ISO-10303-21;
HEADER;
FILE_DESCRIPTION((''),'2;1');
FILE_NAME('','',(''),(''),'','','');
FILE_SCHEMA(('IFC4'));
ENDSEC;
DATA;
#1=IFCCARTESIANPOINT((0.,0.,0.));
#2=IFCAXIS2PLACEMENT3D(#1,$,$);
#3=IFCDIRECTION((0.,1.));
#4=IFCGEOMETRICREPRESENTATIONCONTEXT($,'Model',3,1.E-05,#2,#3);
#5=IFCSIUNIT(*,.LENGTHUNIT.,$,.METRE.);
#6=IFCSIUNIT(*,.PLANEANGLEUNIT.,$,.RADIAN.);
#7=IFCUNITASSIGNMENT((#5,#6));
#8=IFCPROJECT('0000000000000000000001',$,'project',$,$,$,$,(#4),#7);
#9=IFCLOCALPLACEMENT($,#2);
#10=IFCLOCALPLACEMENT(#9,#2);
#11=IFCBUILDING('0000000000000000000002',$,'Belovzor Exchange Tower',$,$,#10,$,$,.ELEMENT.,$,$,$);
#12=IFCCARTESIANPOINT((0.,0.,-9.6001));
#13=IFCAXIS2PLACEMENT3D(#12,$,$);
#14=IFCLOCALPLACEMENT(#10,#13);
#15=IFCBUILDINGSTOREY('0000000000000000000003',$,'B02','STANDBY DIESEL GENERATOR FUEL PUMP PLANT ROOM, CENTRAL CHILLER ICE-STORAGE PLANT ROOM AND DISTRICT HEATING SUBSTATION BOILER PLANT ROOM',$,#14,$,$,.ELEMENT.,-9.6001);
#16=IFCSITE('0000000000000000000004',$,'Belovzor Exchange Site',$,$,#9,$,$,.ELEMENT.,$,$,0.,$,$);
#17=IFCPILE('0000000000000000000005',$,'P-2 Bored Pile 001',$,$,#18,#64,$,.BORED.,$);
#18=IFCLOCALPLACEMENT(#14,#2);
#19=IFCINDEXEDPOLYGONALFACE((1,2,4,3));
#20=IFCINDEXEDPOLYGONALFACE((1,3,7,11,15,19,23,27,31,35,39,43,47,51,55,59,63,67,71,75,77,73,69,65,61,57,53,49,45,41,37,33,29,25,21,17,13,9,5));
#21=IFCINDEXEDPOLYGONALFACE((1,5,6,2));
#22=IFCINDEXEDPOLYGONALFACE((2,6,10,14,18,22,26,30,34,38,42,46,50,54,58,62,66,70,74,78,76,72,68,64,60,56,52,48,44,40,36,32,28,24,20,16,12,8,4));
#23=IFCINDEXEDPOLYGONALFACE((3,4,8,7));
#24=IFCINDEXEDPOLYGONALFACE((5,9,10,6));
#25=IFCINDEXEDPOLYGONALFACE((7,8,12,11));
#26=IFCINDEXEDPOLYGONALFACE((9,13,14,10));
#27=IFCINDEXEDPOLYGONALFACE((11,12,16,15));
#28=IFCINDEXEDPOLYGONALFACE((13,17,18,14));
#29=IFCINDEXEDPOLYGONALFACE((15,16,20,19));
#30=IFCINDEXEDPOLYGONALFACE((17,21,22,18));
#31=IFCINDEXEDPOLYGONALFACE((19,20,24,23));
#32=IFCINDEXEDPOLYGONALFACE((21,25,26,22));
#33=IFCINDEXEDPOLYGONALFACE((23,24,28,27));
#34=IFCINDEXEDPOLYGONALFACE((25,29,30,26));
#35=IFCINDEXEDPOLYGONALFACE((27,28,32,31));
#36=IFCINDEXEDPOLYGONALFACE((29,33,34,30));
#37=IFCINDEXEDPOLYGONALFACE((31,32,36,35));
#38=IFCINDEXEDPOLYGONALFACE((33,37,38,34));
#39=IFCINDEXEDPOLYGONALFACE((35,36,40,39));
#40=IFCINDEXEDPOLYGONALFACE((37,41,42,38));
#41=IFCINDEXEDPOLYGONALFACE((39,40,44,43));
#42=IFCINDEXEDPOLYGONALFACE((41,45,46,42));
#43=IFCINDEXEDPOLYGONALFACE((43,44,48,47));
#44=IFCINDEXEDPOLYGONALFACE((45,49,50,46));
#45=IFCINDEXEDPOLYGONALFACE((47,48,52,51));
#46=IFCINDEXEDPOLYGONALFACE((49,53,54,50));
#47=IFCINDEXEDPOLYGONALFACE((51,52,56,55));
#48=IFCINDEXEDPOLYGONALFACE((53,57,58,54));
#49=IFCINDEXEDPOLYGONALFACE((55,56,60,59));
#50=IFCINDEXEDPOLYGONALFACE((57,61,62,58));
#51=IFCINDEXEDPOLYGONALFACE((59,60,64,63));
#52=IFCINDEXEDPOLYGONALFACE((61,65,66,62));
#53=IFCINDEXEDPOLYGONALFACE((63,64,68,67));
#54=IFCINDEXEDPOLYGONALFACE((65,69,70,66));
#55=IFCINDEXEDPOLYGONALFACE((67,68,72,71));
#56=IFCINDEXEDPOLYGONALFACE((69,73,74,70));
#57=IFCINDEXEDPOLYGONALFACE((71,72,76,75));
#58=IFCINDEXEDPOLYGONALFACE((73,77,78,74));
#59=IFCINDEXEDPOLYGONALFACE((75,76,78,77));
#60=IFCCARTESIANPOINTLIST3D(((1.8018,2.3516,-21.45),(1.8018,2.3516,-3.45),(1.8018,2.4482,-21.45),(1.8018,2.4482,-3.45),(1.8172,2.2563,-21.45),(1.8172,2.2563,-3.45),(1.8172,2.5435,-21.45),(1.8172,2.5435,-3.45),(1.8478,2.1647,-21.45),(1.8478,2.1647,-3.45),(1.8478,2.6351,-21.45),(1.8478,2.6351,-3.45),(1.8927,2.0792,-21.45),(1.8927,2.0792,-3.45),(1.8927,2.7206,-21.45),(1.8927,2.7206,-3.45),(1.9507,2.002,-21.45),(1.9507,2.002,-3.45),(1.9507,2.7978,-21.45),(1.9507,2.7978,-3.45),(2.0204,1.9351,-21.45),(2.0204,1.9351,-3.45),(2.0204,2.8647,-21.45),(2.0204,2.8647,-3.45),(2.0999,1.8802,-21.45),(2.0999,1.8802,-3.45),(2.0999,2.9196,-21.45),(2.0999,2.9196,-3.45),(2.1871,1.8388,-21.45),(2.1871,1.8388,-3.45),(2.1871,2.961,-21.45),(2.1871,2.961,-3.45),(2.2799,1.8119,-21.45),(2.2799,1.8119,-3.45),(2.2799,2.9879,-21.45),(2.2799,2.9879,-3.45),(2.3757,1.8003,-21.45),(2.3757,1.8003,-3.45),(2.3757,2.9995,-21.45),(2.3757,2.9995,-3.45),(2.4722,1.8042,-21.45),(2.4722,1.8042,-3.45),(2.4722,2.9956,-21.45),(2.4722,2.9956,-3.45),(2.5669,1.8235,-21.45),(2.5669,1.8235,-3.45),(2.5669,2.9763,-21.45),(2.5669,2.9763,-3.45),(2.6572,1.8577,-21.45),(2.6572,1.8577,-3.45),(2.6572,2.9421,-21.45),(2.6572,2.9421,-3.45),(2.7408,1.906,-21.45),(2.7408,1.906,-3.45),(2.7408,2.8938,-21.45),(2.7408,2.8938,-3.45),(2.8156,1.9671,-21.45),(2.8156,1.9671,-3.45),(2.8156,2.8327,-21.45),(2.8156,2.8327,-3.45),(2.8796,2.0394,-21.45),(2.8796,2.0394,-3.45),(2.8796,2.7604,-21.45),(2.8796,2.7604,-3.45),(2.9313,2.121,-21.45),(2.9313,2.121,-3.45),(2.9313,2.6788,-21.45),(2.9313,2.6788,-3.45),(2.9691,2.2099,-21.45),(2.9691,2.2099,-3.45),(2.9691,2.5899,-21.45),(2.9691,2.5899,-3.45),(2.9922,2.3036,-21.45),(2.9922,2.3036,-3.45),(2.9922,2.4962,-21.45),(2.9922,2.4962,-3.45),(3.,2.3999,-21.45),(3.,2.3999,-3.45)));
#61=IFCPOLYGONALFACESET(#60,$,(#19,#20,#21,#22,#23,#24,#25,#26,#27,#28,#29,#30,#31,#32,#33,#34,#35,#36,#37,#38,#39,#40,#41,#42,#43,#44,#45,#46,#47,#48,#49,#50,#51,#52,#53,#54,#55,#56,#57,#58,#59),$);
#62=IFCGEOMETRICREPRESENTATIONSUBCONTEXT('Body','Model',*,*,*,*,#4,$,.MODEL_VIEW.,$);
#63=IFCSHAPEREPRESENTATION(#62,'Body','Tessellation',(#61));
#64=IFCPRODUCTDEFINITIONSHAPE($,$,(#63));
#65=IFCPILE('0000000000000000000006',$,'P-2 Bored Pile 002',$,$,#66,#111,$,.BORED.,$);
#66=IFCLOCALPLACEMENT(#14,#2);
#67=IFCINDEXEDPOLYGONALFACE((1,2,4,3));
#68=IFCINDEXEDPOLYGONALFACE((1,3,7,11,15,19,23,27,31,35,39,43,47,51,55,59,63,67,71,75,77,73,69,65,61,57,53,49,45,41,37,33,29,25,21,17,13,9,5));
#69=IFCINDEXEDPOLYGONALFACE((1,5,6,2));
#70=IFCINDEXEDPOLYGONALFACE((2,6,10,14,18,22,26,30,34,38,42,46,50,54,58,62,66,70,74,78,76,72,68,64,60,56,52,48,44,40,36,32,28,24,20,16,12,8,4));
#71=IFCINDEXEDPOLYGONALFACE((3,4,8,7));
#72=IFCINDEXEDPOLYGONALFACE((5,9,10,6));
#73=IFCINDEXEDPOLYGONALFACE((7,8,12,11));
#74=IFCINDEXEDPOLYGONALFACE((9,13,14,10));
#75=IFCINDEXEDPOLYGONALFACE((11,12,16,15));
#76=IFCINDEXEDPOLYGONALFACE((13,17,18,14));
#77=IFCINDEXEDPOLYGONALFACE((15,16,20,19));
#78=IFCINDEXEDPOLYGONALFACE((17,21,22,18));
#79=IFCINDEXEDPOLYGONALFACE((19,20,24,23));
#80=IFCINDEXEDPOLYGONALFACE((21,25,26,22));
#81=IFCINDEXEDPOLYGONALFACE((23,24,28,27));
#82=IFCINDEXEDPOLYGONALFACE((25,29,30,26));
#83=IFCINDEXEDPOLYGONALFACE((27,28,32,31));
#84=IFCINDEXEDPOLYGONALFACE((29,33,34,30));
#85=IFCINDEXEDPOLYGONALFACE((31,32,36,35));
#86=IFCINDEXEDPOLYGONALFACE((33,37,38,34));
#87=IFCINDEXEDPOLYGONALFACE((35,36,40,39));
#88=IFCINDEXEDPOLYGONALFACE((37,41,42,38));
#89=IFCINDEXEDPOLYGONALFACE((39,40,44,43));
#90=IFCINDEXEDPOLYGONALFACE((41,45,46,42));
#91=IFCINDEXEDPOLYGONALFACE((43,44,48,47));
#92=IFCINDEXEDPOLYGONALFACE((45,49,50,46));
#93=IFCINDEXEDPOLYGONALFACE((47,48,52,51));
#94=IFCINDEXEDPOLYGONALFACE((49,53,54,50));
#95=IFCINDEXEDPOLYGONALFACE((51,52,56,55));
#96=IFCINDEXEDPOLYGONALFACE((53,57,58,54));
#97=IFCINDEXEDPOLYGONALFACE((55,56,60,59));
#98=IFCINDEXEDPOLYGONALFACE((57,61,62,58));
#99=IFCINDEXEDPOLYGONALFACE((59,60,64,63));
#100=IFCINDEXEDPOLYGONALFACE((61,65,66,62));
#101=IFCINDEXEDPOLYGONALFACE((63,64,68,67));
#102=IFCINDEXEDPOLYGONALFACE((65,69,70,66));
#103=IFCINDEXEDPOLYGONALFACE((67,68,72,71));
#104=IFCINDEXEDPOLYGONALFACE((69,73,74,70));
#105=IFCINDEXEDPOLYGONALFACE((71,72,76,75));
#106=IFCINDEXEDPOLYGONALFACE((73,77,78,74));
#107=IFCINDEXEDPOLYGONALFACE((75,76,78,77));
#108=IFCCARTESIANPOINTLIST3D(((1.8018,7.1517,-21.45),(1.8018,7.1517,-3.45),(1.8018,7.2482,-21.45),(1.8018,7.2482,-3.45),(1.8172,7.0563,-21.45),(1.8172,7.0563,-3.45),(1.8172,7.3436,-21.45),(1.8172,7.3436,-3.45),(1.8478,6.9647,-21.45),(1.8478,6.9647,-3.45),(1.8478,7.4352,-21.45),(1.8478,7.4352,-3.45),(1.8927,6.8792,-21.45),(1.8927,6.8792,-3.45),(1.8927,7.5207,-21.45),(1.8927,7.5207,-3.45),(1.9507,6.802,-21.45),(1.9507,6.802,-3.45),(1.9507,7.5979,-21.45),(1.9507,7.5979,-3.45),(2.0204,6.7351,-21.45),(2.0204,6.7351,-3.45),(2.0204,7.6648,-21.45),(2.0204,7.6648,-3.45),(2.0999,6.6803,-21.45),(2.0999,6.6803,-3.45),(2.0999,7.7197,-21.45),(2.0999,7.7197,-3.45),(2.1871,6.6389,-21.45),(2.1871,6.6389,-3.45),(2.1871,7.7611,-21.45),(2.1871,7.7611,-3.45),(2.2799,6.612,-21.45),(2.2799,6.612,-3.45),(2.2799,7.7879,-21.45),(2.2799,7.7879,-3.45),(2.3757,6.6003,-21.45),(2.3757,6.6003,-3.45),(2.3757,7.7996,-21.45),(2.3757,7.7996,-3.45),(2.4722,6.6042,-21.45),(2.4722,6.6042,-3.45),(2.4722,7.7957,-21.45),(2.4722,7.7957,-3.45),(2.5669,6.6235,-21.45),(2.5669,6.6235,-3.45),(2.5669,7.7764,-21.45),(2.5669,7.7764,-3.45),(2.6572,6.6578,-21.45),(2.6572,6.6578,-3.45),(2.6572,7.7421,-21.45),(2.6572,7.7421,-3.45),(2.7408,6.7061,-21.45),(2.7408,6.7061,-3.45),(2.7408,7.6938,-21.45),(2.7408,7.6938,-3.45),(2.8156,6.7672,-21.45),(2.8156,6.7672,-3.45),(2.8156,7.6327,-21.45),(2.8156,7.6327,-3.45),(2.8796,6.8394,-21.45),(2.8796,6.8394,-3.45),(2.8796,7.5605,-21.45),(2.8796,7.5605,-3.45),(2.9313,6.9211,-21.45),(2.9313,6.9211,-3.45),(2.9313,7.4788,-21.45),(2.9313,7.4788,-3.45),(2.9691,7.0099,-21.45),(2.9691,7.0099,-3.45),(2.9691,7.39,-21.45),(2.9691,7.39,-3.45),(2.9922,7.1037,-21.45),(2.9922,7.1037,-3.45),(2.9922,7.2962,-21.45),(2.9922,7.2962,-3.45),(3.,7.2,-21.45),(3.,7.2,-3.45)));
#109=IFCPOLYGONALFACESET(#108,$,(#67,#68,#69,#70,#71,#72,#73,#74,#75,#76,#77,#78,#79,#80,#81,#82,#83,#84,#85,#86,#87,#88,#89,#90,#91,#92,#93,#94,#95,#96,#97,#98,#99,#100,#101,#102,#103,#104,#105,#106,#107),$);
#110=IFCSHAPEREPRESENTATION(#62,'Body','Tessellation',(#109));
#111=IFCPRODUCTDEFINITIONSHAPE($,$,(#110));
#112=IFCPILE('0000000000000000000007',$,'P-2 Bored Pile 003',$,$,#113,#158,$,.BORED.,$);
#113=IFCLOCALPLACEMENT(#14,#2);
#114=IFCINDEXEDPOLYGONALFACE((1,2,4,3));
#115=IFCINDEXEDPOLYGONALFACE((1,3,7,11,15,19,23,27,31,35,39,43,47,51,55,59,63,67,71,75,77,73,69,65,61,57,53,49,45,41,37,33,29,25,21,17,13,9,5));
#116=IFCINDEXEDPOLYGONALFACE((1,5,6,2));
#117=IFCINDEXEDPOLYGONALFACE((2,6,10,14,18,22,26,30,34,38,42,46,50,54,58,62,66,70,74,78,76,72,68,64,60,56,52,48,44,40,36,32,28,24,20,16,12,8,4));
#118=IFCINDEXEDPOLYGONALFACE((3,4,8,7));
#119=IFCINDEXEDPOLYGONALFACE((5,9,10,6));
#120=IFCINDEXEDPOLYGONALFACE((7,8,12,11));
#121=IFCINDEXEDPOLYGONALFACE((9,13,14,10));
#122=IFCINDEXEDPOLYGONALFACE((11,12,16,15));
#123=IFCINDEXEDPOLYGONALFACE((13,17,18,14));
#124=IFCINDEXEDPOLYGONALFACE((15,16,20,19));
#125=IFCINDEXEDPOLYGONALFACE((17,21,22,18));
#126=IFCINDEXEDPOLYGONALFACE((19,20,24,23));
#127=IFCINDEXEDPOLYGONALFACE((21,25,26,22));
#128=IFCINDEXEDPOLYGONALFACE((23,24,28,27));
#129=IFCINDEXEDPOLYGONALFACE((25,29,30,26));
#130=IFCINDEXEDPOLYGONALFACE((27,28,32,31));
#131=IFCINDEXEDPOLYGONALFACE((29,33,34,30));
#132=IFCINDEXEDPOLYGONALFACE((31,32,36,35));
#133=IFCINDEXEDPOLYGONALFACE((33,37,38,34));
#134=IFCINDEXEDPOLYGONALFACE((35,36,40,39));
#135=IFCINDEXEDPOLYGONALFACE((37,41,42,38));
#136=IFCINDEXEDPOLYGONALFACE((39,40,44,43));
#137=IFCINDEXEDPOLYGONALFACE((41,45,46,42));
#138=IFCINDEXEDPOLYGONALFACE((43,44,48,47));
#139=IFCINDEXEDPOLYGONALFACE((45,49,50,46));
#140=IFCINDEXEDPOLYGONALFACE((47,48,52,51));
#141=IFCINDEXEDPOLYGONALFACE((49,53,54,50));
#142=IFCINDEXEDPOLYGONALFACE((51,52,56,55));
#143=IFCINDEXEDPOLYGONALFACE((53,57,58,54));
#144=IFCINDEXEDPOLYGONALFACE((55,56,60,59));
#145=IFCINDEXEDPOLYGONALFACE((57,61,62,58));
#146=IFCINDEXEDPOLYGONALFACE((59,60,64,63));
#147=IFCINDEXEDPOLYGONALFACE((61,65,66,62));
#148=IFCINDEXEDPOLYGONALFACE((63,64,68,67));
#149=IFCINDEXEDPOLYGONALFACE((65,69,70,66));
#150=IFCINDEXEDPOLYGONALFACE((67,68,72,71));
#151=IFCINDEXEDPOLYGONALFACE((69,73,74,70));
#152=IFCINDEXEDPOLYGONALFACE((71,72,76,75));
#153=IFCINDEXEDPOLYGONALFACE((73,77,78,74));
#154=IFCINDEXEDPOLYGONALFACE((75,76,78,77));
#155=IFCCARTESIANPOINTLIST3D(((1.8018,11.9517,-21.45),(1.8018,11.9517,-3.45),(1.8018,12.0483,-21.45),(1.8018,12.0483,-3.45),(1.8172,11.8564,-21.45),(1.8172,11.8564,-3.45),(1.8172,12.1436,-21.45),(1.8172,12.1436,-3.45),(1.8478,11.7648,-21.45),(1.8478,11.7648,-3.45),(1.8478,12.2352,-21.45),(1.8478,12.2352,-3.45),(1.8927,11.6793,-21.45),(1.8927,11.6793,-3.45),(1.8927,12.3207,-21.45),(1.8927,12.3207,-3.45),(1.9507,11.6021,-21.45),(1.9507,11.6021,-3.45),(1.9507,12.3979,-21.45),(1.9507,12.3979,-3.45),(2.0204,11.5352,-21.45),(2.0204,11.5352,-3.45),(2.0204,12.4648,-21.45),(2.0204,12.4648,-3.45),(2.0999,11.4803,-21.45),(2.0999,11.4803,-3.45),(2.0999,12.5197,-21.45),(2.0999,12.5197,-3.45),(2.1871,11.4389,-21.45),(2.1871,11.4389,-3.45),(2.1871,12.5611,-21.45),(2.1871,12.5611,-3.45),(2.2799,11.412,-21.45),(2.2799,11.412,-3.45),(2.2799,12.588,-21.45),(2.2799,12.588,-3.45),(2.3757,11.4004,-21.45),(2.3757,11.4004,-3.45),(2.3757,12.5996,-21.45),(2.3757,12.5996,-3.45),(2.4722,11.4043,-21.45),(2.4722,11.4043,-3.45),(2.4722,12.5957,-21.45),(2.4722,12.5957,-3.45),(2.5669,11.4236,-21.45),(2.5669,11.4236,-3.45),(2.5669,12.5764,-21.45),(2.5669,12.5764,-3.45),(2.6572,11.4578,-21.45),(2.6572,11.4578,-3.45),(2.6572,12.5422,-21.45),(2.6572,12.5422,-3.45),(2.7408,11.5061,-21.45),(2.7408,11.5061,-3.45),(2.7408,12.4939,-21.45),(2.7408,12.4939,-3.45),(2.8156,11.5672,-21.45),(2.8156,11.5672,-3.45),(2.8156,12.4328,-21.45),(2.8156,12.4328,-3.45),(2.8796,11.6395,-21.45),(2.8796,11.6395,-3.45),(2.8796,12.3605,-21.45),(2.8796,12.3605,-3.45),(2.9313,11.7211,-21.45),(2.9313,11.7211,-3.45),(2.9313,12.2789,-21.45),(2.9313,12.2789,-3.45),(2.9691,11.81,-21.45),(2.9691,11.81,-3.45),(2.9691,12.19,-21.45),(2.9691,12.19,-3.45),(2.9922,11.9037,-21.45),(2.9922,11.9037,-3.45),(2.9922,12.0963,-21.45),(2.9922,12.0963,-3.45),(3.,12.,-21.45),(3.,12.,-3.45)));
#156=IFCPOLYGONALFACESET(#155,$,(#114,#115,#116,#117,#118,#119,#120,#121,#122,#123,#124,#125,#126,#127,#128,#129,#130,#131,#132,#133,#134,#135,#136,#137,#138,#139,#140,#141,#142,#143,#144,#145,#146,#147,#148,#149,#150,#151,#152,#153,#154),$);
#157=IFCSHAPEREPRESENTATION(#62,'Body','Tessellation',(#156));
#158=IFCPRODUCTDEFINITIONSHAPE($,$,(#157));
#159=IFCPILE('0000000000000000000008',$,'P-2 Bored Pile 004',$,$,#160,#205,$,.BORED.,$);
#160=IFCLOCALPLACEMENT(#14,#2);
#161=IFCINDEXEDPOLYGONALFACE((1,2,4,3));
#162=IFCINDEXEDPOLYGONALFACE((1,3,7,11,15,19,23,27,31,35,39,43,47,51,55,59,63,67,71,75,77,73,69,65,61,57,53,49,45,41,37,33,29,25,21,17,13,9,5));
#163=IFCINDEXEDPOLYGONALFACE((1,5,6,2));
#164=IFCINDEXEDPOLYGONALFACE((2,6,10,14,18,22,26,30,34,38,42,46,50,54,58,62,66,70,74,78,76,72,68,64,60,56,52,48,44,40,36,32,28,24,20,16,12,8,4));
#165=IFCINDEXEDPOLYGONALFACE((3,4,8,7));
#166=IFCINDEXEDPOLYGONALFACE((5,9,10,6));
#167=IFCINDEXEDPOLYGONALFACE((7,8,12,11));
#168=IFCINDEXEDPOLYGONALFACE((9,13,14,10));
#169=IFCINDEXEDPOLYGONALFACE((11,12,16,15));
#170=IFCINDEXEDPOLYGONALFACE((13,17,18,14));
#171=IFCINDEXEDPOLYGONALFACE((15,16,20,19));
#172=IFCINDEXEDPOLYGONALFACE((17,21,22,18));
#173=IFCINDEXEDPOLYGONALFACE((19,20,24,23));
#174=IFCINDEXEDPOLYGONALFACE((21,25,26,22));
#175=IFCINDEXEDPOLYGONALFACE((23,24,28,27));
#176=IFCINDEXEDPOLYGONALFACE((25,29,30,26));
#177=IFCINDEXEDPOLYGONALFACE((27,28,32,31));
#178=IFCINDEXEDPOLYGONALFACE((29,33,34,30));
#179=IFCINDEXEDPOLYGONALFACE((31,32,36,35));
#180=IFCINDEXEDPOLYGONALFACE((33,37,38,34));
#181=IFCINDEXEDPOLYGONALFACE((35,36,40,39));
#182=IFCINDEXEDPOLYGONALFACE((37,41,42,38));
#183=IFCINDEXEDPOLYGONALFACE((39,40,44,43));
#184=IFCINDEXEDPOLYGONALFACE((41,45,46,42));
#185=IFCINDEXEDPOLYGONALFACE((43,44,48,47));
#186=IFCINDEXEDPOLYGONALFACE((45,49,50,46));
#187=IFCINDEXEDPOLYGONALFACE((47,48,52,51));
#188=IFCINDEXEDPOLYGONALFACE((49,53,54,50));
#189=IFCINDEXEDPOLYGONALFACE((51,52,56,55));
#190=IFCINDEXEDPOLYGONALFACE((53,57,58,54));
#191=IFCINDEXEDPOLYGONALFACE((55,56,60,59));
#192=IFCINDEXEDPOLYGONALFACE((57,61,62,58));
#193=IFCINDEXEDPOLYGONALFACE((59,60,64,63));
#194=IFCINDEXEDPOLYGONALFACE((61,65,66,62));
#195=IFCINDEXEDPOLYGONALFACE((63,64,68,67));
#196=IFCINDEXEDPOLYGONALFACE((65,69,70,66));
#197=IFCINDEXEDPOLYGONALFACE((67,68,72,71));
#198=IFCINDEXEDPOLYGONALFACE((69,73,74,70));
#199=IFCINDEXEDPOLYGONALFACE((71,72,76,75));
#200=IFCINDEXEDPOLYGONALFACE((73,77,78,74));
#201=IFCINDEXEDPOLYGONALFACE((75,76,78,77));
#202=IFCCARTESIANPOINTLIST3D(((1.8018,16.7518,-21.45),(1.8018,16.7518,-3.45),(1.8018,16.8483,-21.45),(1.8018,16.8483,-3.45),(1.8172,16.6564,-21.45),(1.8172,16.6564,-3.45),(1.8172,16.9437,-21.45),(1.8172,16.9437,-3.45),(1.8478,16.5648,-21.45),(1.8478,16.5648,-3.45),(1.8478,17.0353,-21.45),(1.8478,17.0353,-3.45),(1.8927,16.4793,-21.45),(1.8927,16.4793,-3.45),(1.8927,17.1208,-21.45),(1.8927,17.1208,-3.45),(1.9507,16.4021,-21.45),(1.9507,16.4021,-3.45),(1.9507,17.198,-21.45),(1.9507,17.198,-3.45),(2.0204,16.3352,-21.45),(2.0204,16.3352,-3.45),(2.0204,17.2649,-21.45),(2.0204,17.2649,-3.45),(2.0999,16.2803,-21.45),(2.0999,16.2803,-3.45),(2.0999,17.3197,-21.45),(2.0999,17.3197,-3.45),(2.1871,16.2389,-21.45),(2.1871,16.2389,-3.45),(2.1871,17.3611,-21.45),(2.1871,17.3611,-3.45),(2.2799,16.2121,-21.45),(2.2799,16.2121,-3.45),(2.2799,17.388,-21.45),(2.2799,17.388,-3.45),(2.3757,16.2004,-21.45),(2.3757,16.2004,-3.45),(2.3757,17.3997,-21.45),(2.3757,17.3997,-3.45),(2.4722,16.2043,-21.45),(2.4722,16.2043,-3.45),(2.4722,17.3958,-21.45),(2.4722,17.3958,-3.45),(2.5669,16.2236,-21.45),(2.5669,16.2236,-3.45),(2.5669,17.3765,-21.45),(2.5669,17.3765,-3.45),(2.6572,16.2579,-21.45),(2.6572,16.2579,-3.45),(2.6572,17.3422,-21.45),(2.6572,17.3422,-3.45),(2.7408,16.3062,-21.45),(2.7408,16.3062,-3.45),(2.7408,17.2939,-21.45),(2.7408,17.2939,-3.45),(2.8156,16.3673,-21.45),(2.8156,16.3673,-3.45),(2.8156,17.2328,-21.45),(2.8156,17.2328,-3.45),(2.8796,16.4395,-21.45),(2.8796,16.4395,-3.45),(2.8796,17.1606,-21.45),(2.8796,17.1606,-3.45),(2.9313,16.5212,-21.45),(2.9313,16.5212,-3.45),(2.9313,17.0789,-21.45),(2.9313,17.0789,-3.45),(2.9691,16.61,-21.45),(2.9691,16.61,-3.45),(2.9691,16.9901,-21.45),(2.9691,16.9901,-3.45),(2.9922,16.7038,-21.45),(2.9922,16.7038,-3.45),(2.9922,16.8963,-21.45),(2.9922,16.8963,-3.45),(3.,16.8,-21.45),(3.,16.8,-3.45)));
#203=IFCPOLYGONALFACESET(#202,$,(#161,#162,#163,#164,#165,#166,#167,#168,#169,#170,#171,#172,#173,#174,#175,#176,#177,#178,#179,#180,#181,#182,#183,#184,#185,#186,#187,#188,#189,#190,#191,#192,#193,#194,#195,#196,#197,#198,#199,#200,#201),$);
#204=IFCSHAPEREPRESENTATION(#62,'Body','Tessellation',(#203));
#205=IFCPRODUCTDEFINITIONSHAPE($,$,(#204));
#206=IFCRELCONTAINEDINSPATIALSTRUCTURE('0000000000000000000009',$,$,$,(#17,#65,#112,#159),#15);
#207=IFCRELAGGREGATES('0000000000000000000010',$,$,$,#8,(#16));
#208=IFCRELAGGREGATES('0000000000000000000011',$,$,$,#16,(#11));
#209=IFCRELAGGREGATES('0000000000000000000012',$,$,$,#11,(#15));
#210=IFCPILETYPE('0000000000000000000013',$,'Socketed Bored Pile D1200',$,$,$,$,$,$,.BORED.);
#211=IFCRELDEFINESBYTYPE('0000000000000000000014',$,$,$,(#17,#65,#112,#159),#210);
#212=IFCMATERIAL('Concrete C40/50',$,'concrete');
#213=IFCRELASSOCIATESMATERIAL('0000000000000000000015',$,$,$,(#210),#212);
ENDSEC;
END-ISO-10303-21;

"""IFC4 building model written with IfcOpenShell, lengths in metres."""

from ifc_helpers import new_model, si_unit, direction, frame, origin, origin_2d, place, context, subcontext, project, spatial, circle, extrude, material, material_profile, profile_set, type_object, element, save


model = new_model("IFC4")

# Units and contexts
model_context = context("Model", 3, precision=1e-05, world=origin(), true_north=direction((0.0, 1.0)))
body_context = subcontext(model_context, "Body", "Model", "MODEL_VIEW")
ifc_project = project(units=[si_unit("LENGTHUNIT", "METRE"), si_unit("PLANEANGLEUNIT", "RADIAN")], contexts=[model_context])

# Site, building, storey
site_placement = place(None, origin())
site = spatial("IfcSite", under=ifc_project, at=site_placement, Name="Belovzor Exchange Site", CompositionType="ELEMENT", RefElevation=0.0)
building_placement = place(site_placement, origin())
building = spatial("IfcBuilding", under=site, at=building_placement, Name="Belovzor Exchange Tower", CompositionType="ELEMENT")
storey_placement = place(building_placement, frame((0.0, 0.0, -9.6001)))
storey = spatial("IfcBuildingStorey", under=building, at=storey_placement, Name="B02", Description="STANDBY DIESEL GENERATOR FUEL PUMP PLANT ROOM, CENTRAL CHILLER ICE-STORAGE PLANT ROOM AND DISTRICT HEATING SUBSTATION BOILER PLANT ROOM", CompositionType="ELEMENT", Elevation=-9.6001)

# Piles
ifc_material_1 = material(Name="Concrete C40/50", Category="concrete")
ifc_material_profile_1 = material_profile(ifc_material_1, circle(Radius=0.6001, at=origin_2d()))
ifc_profile_set_1 = profile_set([ifc_material_profile_1], Name="Concrete C40/50")
pile_type_1 = type_object("IfcPileType", Name="Socketed Bored Pile D1200", PredefinedType="BORED", material=ifc_profile_set_1)
for number, where, z_axis, x_axis, name in (
    (1, (2.3999, 2.3999, -3.45), (0.0, 0.0, -1.0), (1.0, 0.0, 0.0), "P-2 Bored Pile 001"),
    (2, (2.3999, 7.2, -3.45), (0.0, 0.0, -1.0), (1.0, 0.0, 0.0), "P-2 Bored Pile 002"),
    (3, (2.3999, 12.0, -3.45), (0.0, 0.0, -1.0), (1.0, 0.0, 0.0), "P-2 Bored Pile 003"),
    (4, (2.3999, 16.8, -3.45), (0.0, 0.0, -1.0), (1.0, 0.0, 0.0), "P-2 Bored Pile 004"),
):
    element("IfcPile", number, at=place(storey_placement, frame(where, z_axis=z_axis, x_axis=x_axis)), inside=storey, type_object=pile_type_1, Name=name, PredefinedType="BORED", context=body_context, shape_type="SweptSolid", body=[
        extrude(circle(Radius=0.6001, at=origin_2d()), origin(), (0.0, 0.0, 1.0), 18.0),
    ])

save(model, "model.ifc")
